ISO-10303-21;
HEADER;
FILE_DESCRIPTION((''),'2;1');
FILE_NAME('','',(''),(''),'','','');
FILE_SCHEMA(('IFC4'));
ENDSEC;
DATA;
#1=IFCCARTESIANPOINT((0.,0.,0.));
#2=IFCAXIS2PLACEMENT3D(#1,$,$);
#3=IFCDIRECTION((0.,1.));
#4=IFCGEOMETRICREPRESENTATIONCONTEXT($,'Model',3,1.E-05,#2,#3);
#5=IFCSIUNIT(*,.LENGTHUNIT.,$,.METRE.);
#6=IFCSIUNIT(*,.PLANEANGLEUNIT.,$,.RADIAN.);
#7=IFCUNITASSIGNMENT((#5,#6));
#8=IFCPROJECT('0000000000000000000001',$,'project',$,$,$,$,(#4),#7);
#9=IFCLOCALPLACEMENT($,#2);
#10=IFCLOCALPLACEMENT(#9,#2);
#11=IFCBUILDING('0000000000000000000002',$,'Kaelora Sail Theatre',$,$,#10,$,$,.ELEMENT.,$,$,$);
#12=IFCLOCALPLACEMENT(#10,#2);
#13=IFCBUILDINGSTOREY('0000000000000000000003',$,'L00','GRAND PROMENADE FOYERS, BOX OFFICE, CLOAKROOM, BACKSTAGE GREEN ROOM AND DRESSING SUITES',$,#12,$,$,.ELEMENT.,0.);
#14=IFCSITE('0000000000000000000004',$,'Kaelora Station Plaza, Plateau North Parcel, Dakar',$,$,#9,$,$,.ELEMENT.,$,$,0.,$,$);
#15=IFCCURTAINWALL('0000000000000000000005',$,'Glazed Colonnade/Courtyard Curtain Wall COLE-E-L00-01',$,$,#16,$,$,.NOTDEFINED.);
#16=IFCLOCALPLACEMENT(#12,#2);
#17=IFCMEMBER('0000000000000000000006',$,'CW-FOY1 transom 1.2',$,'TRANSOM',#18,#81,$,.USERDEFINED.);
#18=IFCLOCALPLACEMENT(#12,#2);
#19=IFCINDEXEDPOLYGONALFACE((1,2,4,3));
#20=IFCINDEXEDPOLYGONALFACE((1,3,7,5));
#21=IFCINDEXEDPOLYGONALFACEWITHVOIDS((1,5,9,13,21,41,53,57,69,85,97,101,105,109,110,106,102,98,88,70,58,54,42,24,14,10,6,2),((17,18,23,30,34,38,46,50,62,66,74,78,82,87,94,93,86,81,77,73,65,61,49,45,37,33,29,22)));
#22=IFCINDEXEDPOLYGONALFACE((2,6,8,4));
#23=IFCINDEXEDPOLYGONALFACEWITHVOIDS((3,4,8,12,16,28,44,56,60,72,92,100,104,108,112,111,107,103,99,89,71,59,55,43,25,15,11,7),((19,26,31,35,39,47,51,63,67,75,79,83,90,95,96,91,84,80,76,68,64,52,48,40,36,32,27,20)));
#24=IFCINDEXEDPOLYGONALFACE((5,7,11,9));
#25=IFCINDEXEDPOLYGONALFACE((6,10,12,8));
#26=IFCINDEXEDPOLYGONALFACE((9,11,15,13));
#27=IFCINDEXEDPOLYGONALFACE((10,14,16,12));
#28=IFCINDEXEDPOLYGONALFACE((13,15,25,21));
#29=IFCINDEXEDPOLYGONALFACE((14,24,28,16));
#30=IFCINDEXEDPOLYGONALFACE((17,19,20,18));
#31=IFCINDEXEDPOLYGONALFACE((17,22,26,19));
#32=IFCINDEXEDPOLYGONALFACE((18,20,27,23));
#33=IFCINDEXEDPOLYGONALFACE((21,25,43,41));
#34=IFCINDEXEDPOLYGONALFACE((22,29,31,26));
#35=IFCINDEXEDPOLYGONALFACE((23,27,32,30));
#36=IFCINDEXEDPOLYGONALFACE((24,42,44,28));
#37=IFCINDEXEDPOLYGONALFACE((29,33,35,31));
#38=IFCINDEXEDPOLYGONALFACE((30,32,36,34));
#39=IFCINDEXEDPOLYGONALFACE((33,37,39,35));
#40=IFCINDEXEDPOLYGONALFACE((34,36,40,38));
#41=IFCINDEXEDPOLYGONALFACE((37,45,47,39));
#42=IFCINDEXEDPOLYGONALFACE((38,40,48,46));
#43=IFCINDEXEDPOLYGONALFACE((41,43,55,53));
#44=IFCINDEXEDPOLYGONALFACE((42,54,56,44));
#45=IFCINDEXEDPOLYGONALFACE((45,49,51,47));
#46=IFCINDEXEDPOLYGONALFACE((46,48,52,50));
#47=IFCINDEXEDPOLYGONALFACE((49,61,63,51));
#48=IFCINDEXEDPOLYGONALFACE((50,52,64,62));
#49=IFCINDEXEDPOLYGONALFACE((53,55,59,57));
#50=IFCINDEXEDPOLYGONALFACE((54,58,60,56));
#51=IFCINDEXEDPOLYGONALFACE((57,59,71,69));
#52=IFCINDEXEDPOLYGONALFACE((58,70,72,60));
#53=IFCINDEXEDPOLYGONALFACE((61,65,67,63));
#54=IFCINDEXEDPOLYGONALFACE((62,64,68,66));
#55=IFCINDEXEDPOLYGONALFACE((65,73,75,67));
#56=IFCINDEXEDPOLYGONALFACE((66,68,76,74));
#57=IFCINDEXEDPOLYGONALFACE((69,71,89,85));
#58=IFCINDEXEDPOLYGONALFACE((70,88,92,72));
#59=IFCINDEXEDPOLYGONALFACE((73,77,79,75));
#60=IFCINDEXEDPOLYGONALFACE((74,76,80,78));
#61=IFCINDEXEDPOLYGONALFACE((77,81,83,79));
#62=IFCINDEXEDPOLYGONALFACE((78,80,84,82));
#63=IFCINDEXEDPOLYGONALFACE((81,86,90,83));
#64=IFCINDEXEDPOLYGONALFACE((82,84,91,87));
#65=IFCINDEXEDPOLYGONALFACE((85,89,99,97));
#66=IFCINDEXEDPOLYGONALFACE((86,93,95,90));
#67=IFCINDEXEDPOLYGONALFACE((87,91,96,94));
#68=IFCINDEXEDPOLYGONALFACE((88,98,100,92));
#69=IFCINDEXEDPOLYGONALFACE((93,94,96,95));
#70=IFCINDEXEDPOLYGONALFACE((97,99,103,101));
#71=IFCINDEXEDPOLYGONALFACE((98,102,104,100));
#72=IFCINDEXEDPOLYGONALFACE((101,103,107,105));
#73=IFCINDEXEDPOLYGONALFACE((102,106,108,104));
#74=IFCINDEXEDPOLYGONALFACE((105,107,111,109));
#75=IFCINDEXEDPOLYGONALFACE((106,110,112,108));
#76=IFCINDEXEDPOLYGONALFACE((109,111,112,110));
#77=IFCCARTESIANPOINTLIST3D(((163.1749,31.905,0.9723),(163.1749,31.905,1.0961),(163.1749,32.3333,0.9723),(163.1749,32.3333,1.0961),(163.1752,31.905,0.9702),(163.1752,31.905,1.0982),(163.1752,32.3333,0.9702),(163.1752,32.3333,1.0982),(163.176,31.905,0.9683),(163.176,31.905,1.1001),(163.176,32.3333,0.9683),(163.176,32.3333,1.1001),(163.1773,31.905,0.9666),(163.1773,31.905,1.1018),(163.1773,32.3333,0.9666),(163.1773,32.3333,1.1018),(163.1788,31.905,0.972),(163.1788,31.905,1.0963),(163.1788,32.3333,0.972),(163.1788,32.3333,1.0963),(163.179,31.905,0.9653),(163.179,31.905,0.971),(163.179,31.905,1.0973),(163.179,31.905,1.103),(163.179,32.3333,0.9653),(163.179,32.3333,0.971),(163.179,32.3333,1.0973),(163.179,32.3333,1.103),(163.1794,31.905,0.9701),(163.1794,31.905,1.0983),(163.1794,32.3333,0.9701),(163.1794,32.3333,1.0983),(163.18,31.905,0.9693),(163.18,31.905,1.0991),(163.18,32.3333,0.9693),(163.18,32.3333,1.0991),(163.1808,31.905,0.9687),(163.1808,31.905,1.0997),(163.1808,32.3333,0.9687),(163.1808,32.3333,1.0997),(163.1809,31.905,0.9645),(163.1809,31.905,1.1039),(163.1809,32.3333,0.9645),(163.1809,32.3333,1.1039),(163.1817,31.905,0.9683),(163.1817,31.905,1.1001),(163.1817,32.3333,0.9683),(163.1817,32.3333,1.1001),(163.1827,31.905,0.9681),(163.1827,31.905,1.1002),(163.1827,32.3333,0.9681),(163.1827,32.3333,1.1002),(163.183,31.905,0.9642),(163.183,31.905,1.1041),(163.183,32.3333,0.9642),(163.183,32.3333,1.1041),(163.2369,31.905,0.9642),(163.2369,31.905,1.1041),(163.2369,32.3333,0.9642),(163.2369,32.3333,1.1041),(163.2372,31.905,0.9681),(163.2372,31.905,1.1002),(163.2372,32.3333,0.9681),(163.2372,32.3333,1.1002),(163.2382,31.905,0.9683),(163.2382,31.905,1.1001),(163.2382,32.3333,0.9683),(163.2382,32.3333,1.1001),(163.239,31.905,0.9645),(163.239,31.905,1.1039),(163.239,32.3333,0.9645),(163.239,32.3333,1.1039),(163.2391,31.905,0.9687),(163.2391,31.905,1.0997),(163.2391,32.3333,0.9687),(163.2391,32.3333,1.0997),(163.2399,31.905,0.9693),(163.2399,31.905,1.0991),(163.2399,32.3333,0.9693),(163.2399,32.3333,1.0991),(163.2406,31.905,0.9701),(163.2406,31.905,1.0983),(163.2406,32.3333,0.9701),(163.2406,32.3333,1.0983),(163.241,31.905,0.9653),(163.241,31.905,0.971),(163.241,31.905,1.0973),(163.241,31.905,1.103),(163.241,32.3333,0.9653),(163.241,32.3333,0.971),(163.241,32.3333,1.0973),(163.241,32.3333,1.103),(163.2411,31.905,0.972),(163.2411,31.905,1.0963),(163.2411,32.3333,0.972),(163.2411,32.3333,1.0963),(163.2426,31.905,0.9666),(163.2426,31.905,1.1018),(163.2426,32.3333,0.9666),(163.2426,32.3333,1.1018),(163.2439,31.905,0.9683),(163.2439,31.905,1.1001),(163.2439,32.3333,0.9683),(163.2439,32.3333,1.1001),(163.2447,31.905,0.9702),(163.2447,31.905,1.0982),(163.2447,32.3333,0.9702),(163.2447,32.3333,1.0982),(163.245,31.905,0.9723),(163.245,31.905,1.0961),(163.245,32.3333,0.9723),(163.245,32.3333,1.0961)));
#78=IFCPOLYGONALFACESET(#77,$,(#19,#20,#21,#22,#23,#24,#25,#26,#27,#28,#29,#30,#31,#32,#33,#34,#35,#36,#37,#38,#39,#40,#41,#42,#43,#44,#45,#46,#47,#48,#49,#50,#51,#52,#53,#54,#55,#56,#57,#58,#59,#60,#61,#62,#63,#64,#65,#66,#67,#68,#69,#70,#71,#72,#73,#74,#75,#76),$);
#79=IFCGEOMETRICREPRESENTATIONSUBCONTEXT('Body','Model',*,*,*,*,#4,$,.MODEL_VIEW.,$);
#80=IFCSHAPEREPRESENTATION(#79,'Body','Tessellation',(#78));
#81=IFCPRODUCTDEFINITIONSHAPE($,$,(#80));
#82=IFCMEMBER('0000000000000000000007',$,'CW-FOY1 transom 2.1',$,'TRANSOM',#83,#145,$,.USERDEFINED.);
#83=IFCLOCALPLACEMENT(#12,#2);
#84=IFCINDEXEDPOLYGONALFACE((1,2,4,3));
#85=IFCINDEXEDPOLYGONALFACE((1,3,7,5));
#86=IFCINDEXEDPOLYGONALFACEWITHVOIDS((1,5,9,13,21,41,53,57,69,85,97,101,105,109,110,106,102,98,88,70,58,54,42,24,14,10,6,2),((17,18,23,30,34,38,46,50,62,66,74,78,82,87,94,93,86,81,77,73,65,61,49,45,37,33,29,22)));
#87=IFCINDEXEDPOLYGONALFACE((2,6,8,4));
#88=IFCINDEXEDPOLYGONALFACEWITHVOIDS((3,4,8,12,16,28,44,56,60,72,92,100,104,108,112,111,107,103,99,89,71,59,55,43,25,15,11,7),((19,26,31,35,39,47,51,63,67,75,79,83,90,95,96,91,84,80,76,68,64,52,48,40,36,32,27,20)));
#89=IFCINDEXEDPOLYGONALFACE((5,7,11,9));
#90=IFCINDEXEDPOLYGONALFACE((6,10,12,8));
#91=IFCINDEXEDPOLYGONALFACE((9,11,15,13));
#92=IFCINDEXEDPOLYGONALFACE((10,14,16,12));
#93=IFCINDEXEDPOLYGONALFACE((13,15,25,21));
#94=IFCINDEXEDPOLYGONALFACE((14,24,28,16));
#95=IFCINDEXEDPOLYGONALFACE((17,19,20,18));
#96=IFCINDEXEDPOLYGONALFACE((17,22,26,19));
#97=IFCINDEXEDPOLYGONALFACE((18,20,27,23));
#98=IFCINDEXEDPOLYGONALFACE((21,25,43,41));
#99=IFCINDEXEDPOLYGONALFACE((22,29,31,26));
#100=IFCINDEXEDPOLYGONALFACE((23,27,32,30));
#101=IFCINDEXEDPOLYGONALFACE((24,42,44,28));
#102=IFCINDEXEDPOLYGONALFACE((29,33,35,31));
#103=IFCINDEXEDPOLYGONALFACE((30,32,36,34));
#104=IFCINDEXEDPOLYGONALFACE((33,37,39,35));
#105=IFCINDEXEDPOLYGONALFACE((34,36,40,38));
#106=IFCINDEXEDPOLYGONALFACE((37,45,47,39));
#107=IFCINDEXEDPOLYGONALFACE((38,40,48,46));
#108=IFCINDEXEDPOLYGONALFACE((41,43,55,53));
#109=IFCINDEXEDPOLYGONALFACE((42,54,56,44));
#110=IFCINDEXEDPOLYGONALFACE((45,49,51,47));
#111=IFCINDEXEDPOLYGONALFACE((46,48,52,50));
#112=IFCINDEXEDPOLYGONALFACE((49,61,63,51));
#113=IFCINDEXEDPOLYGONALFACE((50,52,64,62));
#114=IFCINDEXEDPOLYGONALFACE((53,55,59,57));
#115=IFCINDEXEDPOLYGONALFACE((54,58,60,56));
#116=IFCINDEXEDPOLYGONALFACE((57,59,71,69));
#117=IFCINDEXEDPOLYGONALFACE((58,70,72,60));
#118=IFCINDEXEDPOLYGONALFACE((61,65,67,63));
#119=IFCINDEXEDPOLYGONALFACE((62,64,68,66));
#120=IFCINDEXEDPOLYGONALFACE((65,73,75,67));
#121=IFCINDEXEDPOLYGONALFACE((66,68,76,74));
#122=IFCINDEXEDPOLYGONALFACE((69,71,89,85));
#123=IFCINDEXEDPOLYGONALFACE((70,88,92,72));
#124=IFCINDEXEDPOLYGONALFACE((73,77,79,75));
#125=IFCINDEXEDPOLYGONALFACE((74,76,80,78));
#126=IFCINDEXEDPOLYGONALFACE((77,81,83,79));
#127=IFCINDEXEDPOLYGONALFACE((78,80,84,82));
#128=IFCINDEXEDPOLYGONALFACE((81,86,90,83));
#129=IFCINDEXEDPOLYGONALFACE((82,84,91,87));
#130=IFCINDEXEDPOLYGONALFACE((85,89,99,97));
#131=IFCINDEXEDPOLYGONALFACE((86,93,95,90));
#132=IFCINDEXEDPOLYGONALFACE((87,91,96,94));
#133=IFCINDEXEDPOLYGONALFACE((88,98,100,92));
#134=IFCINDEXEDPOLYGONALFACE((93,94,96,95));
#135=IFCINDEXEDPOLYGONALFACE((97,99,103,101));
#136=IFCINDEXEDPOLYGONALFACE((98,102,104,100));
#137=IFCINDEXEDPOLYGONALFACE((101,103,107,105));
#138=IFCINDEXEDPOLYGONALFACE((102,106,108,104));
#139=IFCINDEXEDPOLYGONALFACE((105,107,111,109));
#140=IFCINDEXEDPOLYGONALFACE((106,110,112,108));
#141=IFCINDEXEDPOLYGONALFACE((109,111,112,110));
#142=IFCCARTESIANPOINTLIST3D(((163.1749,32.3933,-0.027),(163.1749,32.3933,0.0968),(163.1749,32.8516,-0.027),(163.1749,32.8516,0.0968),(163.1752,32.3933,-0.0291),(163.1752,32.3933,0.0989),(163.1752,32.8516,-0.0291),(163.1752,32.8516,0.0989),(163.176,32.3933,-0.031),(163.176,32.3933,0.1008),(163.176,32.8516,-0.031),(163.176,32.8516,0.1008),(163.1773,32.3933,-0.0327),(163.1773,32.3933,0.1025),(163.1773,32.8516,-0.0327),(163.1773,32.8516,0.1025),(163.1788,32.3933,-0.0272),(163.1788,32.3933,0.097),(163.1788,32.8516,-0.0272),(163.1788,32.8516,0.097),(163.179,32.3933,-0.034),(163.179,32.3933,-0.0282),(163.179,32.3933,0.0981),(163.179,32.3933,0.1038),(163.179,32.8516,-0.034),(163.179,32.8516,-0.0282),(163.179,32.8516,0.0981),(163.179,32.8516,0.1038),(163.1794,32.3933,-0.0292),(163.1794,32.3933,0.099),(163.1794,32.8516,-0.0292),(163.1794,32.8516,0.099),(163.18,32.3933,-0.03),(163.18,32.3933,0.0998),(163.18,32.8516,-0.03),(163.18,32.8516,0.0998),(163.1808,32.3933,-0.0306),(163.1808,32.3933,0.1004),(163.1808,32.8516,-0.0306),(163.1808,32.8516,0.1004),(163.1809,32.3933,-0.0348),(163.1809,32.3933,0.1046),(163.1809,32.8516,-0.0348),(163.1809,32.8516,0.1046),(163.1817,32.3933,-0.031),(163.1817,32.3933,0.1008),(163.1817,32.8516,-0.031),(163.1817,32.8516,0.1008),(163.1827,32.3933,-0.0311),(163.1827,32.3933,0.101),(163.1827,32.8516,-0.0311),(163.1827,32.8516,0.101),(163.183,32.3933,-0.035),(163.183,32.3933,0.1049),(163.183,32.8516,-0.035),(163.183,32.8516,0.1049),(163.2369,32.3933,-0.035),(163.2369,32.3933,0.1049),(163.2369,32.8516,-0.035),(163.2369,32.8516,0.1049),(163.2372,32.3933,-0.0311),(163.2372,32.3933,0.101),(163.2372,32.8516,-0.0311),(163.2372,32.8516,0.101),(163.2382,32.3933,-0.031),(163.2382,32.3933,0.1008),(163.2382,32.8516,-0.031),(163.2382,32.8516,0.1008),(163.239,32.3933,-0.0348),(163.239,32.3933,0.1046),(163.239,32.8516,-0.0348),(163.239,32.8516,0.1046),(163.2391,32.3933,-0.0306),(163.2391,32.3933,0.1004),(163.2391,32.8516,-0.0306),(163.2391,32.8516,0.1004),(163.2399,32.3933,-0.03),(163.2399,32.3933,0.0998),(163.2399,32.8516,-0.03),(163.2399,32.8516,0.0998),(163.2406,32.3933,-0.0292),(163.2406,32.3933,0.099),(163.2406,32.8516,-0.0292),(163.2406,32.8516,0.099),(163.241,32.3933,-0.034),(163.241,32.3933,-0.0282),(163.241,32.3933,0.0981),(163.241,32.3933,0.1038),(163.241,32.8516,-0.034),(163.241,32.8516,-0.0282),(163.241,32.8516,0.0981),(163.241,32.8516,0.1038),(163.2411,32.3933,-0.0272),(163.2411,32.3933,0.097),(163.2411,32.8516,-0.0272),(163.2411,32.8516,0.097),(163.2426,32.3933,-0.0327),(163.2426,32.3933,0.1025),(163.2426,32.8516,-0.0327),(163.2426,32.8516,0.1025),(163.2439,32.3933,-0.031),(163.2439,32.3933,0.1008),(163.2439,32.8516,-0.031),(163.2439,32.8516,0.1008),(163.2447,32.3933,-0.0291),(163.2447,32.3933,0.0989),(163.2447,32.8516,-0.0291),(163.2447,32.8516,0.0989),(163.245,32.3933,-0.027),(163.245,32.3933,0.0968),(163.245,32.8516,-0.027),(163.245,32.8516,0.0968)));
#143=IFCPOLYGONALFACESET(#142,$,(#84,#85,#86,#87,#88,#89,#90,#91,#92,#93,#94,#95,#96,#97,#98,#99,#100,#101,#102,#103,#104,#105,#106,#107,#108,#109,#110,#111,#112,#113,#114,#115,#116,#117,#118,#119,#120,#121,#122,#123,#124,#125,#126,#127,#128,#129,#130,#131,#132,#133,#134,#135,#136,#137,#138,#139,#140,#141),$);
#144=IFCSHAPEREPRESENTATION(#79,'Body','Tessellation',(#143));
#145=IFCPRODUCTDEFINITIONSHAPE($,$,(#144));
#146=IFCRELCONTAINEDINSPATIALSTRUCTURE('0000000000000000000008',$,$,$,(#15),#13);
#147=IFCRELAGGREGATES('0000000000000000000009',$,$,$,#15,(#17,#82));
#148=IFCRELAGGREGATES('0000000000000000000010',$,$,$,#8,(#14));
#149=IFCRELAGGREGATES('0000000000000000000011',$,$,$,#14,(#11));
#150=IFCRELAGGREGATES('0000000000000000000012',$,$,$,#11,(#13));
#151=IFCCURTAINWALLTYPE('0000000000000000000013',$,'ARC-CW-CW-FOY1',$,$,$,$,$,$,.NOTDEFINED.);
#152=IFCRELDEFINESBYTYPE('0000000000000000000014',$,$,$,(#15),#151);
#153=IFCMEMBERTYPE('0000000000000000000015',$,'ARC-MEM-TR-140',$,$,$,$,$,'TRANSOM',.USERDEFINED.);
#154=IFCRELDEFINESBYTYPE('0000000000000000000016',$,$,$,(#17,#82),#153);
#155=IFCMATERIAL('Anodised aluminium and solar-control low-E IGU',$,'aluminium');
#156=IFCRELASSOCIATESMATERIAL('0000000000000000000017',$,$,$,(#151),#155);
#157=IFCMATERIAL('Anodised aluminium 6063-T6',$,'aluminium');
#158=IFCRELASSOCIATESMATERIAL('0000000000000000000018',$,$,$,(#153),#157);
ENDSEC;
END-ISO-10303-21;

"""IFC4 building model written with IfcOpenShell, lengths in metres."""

from ifc_helpers import new_model, si_unit, direction, frame, origin, origin_2d, place, context, subcontext, project, spatial, hollow_rectangle, extrude, material, material_profile, profile_set, type_object, element, aggregate, save


model = new_model("IFC4")

# Units and contexts
model_context = context("Model", 3, precision=1e-05, world=origin(), true_north=direction((0.0, 1.0)))
body_context = subcontext(model_context, "Body", "Model", "MODEL_VIEW")
ifc_project = project(units=[si_unit("LENGTHUNIT", "METRE"), si_unit("PLANEANGLEUNIT", "RADIAN")], contexts=[model_context])

# Site, building, storey
site_placement = place(None, origin())
site = spatial("IfcSite", under=ifc_project, at=site_placement, Name="Kaelora Station Plaza, Plateau North Parcel, Dakar", CompositionType="ELEMENT", RefElevation=0.0)
building_placement = place(site_placement, origin())
building = spatial("IfcBuilding", under=site, at=building_placement, Name="Kaelora Sail Theatre", CompositionType="ELEMENT")
storey_placement = place(building_placement, origin())
storey = spatial("IfcBuildingStorey", under=building, at=storey_placement, Name="L00", Description="GRAND PROMENADE FOYERS, BOX OFFICE, CLOAKROOM, BACKSTAGE GREEN ROOM AND DRESSING SUITES", CompositionType="ELEMENT", Elevation=0.0)

# Curtain wall
ifc_material_1 = material(Name="Anodised aluminium and solar-control low-E IGU", Category="aluminium")
curtain_wall_type_1 = type_object("IfcCurtainWallType", Name="ARC-CW-CW-FOY1", PredefinedType="NOTDEFINED", material=ifc_material_1)
curtain_wall_1_placement = place(storey_placement, origin())
curtain_wall_1 = element("IfcCurtainWall", 1, at=curtain_wall_1_placement, inside=storey, type_object=curtain_wall_type_1, Name="Glazed Colonnade/Courtyard Curtain Wall COLE-E-L00-01", PredefinedType="NOTDEFINED")

# Members
ifc_material_2 = material(Name="Anodised aluminium 6063-T6", Category="aluminium")
ifc_material_profile_1 = material_profile(ifc_material_2, hollow_rectangle(XDim=0.0701, YDim=0.1399, WallThickness=0.0039, InnerFilletRadius=0.0039, OuterFilletRadius=0.0081, at=origin_2d()), Name="ALU-TRAN 70x140x4")
ifc_profile_set_1 = profile_set([ifc_material_profile_1], Name="Anodised aluminium 6063-T6")
member_type_1 = type_object("IfcMemberType", Name="ARC-MEM-TR-140", ElementType="TRANSOM", PredefinedType="USERDEFINED", material=ifc_profile_set_1)
member_1_placement = place(storey_placement, frame((163.21, 31.905, 1.0342), z_axis=(0.0, 1.0, 0.0), x_axis=(-1.0, 0.0, 0.0)))
member_1 = element("IfcMember", 2, at=member_1_placement, type_object=member_type_1, Name="CW-FOY1 transom 1.2", ObjectType="TRANSOM", PredefinedType="USERDEFINED", context=body_context, shape_type="SweptSolid", body=[
    extrude(hollow_rectangle(XDim=0.0701, YDim=0.1399, WallThickness=0.0039, InnerFilletRadius=0.0039, OuterFilletRadius=0.0081, at=origin_2d()), origin(), (0.0, 0.0, 1.0), 0.4282),
])
member_2_placement = place(storey_placement, frame((163.21, 32.3933, 0.0349), z_axis=(0.0, 1.0, 0.0), x_axis=(-1.0, 0.0, 0.0)))
member_2 = element("IfcMember", 3, at=member_2_placement, type_object=member_type_1, Name="CW-FOY1 transom 2.1", ObjectType="TRANSOM", PredefinedType="USERDEFINED", context=body_context, shape_type="SweptSolid", body=[
    extrude(hollow_rectangle(XDim=0.0701, YDim=0.1399, WallThickness=0.0039, InnerFilletRadius=0.0039, OuterFilletRadius=0.0081, at=origin_2d()), origin(), (0.0, 0.0, 1.0), 0.4583),
])

aggregate(curtain_wall_1, [member_1, member_2])

save(model, "model.ifc")
